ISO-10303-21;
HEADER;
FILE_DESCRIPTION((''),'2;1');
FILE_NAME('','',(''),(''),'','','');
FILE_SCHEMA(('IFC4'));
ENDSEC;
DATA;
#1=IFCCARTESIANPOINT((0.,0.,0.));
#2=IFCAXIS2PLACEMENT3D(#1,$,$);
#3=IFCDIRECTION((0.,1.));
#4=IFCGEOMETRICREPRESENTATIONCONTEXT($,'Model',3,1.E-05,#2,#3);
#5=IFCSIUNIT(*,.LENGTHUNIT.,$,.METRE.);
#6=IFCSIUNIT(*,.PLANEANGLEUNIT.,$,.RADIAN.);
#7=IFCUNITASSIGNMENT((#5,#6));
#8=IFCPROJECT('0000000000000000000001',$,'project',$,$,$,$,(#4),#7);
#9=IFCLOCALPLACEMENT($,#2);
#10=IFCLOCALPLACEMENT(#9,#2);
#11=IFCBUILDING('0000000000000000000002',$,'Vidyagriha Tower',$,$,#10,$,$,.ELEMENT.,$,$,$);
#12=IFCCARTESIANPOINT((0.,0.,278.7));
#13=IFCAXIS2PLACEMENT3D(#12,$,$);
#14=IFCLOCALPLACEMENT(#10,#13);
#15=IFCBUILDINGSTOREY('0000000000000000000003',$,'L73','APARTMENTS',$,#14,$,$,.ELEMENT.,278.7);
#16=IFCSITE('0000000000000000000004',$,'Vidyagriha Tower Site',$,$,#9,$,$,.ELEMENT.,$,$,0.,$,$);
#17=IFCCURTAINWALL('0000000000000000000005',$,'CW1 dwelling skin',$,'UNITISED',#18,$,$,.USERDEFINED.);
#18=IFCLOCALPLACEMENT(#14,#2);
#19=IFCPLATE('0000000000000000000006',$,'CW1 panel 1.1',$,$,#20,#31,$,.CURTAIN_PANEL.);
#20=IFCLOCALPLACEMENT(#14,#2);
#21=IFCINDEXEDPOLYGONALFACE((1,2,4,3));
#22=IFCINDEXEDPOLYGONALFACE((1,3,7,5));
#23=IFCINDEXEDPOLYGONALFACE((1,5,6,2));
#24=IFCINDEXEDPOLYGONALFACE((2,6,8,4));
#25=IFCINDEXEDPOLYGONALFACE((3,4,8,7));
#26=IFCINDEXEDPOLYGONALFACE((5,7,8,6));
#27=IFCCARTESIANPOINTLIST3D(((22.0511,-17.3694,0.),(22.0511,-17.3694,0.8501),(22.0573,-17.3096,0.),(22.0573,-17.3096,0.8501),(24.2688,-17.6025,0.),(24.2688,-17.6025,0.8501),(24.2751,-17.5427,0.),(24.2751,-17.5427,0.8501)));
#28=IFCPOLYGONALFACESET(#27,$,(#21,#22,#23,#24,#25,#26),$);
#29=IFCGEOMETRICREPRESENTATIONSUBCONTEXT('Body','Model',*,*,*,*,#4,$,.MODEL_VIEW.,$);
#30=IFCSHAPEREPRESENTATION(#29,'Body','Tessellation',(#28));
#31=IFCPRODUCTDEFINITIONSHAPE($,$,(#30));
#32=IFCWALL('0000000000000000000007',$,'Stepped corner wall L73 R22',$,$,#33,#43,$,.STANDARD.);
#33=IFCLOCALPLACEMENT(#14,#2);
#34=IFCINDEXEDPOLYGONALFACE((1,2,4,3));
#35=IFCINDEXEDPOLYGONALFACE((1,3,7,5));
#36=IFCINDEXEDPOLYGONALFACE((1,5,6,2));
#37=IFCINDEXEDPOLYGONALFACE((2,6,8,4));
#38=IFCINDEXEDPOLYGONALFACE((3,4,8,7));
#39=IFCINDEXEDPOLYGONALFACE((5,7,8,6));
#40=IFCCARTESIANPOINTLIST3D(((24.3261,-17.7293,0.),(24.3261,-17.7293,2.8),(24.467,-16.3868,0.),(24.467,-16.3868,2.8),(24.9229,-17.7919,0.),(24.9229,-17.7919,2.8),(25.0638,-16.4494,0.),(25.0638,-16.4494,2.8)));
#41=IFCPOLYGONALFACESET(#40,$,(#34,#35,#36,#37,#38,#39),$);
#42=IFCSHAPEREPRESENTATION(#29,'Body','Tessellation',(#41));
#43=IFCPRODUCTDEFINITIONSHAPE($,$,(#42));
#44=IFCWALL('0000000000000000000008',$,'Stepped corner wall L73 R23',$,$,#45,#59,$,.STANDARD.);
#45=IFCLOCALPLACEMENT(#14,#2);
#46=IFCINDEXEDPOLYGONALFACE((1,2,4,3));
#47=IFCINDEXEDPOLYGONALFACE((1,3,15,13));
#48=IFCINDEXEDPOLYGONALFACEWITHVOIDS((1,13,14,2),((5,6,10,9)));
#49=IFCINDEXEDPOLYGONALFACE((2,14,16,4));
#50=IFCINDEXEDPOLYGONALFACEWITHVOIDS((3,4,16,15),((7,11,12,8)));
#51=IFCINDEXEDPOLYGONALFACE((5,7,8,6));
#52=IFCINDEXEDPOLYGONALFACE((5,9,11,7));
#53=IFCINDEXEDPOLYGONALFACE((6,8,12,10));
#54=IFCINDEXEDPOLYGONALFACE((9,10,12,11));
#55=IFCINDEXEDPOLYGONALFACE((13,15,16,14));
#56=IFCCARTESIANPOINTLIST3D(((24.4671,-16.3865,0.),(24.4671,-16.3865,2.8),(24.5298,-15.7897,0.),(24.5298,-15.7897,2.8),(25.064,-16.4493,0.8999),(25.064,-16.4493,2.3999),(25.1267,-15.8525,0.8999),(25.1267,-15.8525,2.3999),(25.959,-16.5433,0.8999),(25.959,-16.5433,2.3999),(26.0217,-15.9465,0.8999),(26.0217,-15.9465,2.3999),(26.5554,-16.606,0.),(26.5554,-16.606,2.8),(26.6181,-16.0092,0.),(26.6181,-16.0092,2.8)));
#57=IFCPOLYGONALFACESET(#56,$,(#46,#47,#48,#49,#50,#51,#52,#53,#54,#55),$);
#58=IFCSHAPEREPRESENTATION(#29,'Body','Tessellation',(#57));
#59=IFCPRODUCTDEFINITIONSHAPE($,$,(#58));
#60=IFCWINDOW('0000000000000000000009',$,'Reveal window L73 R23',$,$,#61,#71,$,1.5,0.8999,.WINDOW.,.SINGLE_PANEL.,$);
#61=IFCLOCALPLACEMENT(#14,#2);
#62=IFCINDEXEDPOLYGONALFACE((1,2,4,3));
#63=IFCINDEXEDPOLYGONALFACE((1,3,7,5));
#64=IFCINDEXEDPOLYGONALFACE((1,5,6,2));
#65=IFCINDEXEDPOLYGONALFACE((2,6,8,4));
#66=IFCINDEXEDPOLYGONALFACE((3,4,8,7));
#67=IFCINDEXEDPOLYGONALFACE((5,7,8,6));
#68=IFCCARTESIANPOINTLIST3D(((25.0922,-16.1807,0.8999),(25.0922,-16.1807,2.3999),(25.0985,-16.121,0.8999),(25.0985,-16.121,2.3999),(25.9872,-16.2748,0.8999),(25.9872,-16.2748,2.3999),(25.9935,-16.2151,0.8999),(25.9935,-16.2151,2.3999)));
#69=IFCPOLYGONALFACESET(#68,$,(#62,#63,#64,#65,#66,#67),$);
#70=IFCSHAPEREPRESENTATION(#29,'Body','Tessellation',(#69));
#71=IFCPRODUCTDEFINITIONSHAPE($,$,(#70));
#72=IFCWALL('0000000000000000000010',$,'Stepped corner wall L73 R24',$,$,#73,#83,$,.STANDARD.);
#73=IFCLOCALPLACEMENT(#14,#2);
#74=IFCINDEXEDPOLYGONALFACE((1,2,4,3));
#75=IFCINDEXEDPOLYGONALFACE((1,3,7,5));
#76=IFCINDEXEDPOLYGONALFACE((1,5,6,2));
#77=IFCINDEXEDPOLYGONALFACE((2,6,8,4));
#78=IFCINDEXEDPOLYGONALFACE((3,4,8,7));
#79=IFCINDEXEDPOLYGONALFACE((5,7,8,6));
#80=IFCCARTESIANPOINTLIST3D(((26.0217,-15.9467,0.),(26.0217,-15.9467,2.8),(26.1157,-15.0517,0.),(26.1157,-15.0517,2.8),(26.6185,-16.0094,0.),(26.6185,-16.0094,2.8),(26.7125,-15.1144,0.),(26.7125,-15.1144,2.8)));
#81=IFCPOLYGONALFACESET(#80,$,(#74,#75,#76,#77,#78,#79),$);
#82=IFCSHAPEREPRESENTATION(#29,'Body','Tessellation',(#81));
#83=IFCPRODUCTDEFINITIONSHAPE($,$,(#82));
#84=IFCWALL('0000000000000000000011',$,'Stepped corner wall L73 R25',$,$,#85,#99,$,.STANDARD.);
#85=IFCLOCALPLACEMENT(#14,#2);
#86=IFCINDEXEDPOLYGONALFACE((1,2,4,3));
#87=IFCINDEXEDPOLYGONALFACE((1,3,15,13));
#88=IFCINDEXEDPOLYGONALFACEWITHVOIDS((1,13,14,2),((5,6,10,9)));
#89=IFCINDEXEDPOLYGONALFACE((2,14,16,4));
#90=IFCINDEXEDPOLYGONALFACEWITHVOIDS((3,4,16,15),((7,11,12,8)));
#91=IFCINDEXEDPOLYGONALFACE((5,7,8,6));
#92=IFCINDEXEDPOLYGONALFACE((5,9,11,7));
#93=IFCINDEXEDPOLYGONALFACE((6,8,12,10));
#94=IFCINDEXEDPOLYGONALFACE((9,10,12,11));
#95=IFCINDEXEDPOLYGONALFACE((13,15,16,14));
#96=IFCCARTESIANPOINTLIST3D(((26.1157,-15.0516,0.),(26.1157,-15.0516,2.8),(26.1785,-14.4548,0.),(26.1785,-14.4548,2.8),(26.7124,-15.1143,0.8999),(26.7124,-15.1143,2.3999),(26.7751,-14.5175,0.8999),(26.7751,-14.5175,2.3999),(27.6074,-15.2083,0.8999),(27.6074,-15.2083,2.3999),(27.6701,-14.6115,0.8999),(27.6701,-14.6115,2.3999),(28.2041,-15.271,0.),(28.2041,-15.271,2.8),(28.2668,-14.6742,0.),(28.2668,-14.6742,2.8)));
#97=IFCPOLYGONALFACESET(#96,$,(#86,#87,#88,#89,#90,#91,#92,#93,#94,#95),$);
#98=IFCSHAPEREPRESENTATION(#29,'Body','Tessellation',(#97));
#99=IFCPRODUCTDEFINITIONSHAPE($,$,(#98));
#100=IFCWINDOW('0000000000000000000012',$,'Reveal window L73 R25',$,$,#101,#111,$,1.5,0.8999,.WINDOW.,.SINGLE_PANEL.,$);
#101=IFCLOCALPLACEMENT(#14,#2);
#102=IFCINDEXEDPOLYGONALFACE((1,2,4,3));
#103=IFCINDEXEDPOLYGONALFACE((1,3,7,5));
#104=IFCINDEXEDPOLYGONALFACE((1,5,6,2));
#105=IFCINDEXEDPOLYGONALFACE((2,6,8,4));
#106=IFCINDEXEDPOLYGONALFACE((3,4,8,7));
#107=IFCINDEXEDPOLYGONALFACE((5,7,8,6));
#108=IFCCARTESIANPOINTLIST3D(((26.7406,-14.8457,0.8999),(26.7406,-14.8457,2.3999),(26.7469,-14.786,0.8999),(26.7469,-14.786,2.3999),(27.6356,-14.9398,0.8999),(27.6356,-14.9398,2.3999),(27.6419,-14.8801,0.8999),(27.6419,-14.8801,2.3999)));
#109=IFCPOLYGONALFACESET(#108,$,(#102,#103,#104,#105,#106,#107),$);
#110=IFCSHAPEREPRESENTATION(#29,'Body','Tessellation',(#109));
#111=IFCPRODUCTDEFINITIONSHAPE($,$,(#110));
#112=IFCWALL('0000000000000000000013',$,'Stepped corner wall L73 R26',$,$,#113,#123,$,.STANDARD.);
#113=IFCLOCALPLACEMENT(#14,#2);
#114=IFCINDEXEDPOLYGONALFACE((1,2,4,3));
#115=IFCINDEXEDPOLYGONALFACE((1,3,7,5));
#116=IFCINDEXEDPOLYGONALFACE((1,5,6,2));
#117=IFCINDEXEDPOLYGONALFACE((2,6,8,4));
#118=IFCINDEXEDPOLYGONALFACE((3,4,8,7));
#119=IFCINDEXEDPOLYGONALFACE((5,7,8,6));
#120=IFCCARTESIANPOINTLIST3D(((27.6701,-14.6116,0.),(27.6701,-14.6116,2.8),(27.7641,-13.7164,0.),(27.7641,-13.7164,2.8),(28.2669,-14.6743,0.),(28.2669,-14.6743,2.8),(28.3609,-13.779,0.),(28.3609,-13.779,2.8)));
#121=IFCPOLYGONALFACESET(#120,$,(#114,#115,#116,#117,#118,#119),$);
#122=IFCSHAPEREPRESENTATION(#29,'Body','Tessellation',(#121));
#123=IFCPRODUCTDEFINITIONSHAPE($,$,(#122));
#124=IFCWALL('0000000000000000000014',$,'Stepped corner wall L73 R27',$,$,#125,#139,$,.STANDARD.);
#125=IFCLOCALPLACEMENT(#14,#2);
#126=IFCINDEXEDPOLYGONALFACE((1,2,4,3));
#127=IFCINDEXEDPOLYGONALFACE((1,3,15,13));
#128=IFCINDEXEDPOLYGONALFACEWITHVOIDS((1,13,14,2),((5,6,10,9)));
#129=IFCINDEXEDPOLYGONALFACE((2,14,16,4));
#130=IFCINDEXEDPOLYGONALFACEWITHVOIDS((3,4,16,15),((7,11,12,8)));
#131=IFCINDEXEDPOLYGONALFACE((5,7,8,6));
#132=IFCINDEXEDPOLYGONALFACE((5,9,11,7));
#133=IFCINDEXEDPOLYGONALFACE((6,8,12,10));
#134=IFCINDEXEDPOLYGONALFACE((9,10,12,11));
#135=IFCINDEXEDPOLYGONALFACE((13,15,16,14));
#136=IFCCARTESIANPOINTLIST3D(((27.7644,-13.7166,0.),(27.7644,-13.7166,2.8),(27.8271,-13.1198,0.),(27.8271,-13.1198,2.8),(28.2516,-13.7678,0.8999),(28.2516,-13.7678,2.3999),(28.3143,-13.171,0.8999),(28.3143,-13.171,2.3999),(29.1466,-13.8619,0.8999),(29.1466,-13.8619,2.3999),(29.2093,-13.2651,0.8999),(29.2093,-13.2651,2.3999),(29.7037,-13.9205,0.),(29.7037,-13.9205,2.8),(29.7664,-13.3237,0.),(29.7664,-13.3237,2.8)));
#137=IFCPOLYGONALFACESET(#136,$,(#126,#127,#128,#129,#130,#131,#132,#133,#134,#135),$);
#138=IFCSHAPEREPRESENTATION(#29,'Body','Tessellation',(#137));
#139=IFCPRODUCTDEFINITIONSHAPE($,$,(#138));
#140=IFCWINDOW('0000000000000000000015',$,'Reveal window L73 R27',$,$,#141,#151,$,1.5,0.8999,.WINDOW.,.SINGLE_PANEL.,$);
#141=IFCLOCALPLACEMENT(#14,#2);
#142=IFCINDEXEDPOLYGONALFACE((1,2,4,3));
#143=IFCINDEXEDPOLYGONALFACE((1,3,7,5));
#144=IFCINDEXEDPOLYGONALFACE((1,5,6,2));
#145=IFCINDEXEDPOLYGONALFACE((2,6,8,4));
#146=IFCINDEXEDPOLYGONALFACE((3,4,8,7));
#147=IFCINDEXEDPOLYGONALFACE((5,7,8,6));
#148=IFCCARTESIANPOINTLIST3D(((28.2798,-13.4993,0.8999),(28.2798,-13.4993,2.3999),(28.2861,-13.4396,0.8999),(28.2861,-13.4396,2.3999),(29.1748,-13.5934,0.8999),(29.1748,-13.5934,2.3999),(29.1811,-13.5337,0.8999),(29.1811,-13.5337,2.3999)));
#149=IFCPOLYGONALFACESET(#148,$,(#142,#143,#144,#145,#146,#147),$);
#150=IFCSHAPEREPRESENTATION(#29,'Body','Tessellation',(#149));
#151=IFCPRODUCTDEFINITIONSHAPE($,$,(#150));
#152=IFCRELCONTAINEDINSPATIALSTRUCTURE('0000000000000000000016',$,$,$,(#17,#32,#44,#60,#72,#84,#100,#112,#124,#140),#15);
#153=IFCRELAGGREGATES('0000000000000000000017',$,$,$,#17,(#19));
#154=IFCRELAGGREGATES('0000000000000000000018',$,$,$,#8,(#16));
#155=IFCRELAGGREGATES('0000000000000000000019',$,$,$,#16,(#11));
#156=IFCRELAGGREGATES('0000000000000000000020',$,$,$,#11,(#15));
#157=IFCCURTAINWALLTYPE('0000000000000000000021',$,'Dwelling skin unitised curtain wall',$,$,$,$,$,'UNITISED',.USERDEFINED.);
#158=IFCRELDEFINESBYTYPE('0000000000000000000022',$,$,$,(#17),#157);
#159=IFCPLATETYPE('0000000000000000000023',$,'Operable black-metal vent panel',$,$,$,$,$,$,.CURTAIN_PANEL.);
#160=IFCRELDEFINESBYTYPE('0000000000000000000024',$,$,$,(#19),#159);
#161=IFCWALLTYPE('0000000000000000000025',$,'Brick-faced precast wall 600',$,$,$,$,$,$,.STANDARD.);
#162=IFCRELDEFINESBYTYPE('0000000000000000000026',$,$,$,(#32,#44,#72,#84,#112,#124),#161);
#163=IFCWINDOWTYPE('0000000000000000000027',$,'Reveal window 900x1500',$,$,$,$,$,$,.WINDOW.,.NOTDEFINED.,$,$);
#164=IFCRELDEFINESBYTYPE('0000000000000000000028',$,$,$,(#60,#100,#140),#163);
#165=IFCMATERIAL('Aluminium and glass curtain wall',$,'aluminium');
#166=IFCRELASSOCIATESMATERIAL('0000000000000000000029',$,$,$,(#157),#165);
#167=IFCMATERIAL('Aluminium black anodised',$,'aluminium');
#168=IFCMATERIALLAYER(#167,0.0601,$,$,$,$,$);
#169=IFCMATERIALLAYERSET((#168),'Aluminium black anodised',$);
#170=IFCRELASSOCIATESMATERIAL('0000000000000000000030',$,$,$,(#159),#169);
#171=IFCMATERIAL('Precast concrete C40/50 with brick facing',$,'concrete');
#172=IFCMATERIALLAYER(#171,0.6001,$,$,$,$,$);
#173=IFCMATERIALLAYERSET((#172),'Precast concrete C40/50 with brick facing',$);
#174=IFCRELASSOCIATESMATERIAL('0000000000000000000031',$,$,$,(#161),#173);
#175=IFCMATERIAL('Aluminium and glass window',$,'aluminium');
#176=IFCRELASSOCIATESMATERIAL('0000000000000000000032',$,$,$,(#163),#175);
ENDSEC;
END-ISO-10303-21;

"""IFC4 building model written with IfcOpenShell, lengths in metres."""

from ifc_helpers import new_model, si_unit, direction, frame, frame_2d, origin, origin_2d, place, context, subcontext, project, spatial, rectangle, extrude, material, layer, layer_set, type_object, element, fill, aggregate, save


model = new_model("IFC4")

# Units and contexts
model_context = context("Model", 3, precision=1e-05, world=origin(), true_north=direction((0.0, 1.0)))
body_context = subcontext(model_context, "Body", "Model", "MODEL_VIEW")
ifc_project = project(units=[si_unit("LENGTHUNIT", "METRE"), si_unit("PLANEANGLEUNIT", "RADIAN")], contexts=[model_context])

# Site, building, storey
site_placement = place(None, origin())
site = spatial("IfcSite", under=ifc_project, at=site_placement, Name="Vidyagriha Tower Site", CompositionType="ELEMENT", RefElevation=0.0)
building_placement = place(site_placement, origin())
building = spatial("IfcBuilding", under=site, at=building_placement, Name="Vidyagriha Tower", CompositionType="ELEMENT")
storey_placement = place(building_placement, frame((0.0, 0.0, 278.7)))
storey = spatial("IfcBuildingStorey", under=building, at=storey_placement, Name="L73", Description="APARTMENTS", CompositionType="ELEMENT", Elevation=278.7)

# Curtain wall
ifc_material_1 = material(Name="Aluminium and glass curtain wall", Category="aluminium")
curtain_wall_type = type_object("IfcCurtainWallType", Name="Dwelling skin unitised curtain wall", ElementType="UNITISED", PredefinedType="USERDEFINED", material=ifc_material_1)
curtain_wall_1_placement = place(storey_placement, origin())
curtain_wall_1 = element("IfcCurtainWall", 1, at=curtain_wall_1_placement, inside=storey, type_object=curtain_wall_type, Name="CW1 dwelling skin", ObjectType="UNITISED", PredefinedType="USERDEFINED")

# Plate
ifc_material_2 = material(Name="Aluminium black anodised", Category="aluminium")
ifc_layer_1 = layer(ifc_material_2, 0.0601)
ifc_layer_set_1 = layer_set([ifc_layer_1], Name="Aluminium black anodised")
plate_type_1 = type_object("IfcPlateType", Name="Operable black-metal vent panel", PredefinedType="CURTAIN_PANEL", material=ifc_layer_set_1)
plate_1_placement = place(storey_placement, frame((23.1631, -17.4561, 0.0), z_axis=(0.0, 0.0, 1.0), x_axis=(0.994523, -0.104522, 0.0)))
plate_1 = element("IfcPlate", 2, at=plate_1_placement, type_object=plate_type_1, Name="CW1 panel 1.1", PredefinedType="CURTAIN_PANEL", context=body_context, shape_type="SweptSolid", body=[
    extrude(rectangle(XDim=2.23, YDim=0.0601, at=origin_2d()), origin(), (0.0, 0.0, 1.0), 0.8501),
])
aggregate(curtain_wall_1, [plate_1])

# Wall
ifc_material_3 = material(Name="Precast concrete C40/50 with brick facing", Category="concrete")
ifc_layer_2 = layer(ifc_material_3, 0.6001)
ifc_layer_set_2 = layer_set([ifc_layer_2], Name="Precast concrete C40/50 with brick facing")
wall_type = type_object("IfcWallType", Name="Brick-faced precast wall 600", PredefinedType="STANDARD", material=ifc_layer_set_2)
wall_1_placement = place(storey_placement, frame((24.6245, -17.7605, 0.0), z_axis=(0.0, 0.0, 1.0), x_axis=(0.104355, 0.99454, 0.0)))
element("IfcWall", 3, at=wall_1_placement, inside=storey, type_object=wall_type, Name="Stepped corner wall L73 R22", PredefinedType="STANDARD", context=body_context, shape_type="SweptSolid", body=[
    extrude(rectangle(XDim=1.3499, YDim=0.6001, at=frame_2d((0.6748, 0.0))), origin(), (0.0, 0.0, 1.0), 2.8),
])

# Wall, opening, window
wall_2_placement = place(storey_placement, frame((24.4985, -16.0881, 0.0), z_axis=(0.0, 0.0, 1.0), x_axis=(0.994523, -0.104521, 0.0)))
wall_2 = element("IfcWall", 4, at=wall_2_placement, inside=storey, type_object=wall_type, Name="Stepped corner wall L73 R23", PredefinedType="STANDARD", context=body_context, shape_type="SweptSolid", body=[
    extrude(rectangle(XDim=2.0999, YDim=0.6001, at=frame_2d((1.0498, 0.0))), origin(), (0.0, 0.0, 1.0), 2.8),
])
opening_1_placement = place(wall_2_placement, frame((0.6001, 0.0, 0.8999)))
opening_1 = element("IfcOpeningElement", 5, at=opening_1_placement, cuts=wall_2, PredefinedType="OPENING", context=body_context, shape_type="SweptSolid", body=[
    extrude(rectangle(XDim=0.8999, YDim=1.5, at=frame_2d((0.45, 0.75))), frame((0.0, 0.3101, 0.0), z_axis=(0.0, -1.0, 0.0), x_axis=(1.0, 0.0, 0.0)), (0.0, 0.0, 1.0), 0.6201),
])
ifc_material_4 = material(Name="Aluminium and glass window", Category="aluminium")
window_type = type_object("IfcWindowType", Name="Reveal window 900x1500", PartitioningType="NOTDEFINED", PredefinedType="WINDOW", material=ifc_material_4)
window_1_placement = place(opening_1_placement, origin())
window_1 = element("IfcWindow", 6, at=window_1_placement, inside=storey, type_object=window_type, Name="Reveal window L73 R23", OverallHeight=1.5, OverallWidth=0.8999, PartitioningType="SINGLE_PANEL", PredefinedType="WINDOW", context=body_context, shape_type="SweptSolid", body=[
    extrude(rectangle(XDim=0.8999, YDim=1.5, at=frame_2d((0.45, 0.75))), frame((0.0, 0.03, 0.0), z_axis=(0.0, -1.0, 0.0), x_axis=(1.0, 0.0, 0.0)), (0.0, 0.0, 1.0), 0.0601),
])
fill(opening_1, window_1)

# Wall
wall_3_placement = place(storey_placement, frame((26.3201, -15.978, 0.0), z_axis=(0.0, 0.0, 1.0), x_axis=(0.104445, 0.994531, 0.0)))
element("IfcWall", 7, at=wall_3_placement, inside=storey, type_object=wall_type, Name="Stepped corner wall L73 R24", PredefinedType="STANDARD", context=body_context, shape_type="SweptSolid", body=[
    extrude(rectangle(XDim=0.8999, YDim=0.6001, at=frame_2d((0.45, 0.0))), origin(), (0.0, 0.0, 1.0), 2.8),
])

# Wall, opening, window
wall_4_placement = place(storey_placement, frame((26.1472, -14.7532, 0.0), z_axis=(0.0, 0.0, 1.0), x_axis=(0.994523, -0.104521, 0.0)))
wall_4 = element("IfcWall", 8, at=wall_4_placement, inside=storey, type_object=wall_type, Name="Stepped corner wall L73 R25", PredefinedType="STANDARD", context=body_context, shape_type="SweptSolid", body=[
    extrude(rectangle(XDim=2.0999, YDim=0.6001, at=frame_2d((1.0498, 0.0))), origin(), (0.0, 0.0, 1.0), 2.8),
])
opening_2_placement = place(wall_4_placement, frame((0.5999, 0.0, 0.8999)))
opening_2 = element("IfcOpeningElement", 9, at=opening_2_placement, cuts=wall_4, PredefinedType="OPENING", context=body_context, shape_type="SweptSolid", body=[
    extrude(rectangle(XDim=0.8999, YDim=1.5, at=frame_2d((0.45, 0.75))), frame((0.0, 0.3101, 0.0), z_axis=(0.0, -1.0, 0.0), x_axis=(1.0, 0.0, 0.0)), (0.0, 0.0, 1.0), 0.6201),
])
window_2_placement = place(opening_2_placement, origin())
window_2 = element("IfcWindow", 10, at=window_2_placement, inside=storey, type_object=window_type, Name="Reveal window L73 R25", OverallHeight=1.5, OverallWidth=0.8999, PartitioningType="SINGLE_PANEL", PredefinedType="WINDOW", context=body_context, shape_type="SweptSolid", body=[
    extrude(rectangle(XDim=0.8999, YDim=1.5, at=frame_2d((0.45, 0.75))), frame((0.0, 0.03, 0.0), z_axis=(0.0, -1.0, 0.0), x_axis=(1.0, 0.0, 0.0)), (0.0, 0.0, 1.0), 0.0601),
])
fill(opening_2, window_2)

# Wall
wall_5_placement = place(storey_placement, frame((27.9685, -14.6431, 0.0), z_axis=(0.0, 0.0, 1.0), x_axis=(0.104417, 0.994534, 0.0)))
element("IfcWall", 11, at=wall_5_placement, inside=storey, type_object=wall_type, Name="Stepped corner wall L73 R26", PredefinedType="STANDARD", context=body_context, shape_type="SweptSolid", body=[
    extrude(rectangle(XDim=0.9001, YDim=0.6001, at=frame_2d((0.4502, 0.0))), origin(), (0.0, 0.0, 1.0), 2.8),
])

# Wall, opening, window
wall_6_placement = place(storey_placement, frame((27.7957, -13.4182, 0.0), z_axis=(0.0, 0.0, 1.0), x_axis=(0.99452, -0.104548, 0.0)))
wall_6 = element("IfcWall", 12, at=wall_6_placement, inside=storey, type_object=wall_type, Name="Stepped corner wall L73 R27", PredefinedType="STANDARD", context=body_context, shape_type="SweptSolid", body=[
    extrude(rectangle(XDim=1.95, YDim=0.6001, at=frame_2d((0.9751, 0.0))), origin(), (0.0, 0.0, 1.0), 2.8),
])
opening_3_placement = place(wall_6_placement, frame((0.49, 0.0, 0.8999)))
opening_3 = element("IfcOpeningElement", 13, at=opening_3_placement, cuts=wall_6, PredefinedType="OPENING", context=body_context, shape_type="SweptSolid", body=[
    extrude(rectangle(XDim=0.8999, YDim=1.5, at=frame_2d((0.45, 0.75))), frame((0.0, 0.3101, 0.0), z_axis=(0.0, -1.0, 0.0), x_axis=(1.0, 0.0, 0.0)), (0.0, 0.0, 1.0), 0.6201),
])
window_3_placement = place(opening_3_placement, origin())
window_3 = element("IfcWindow", 14, at=window_3_placement, inside=storey, type_object=window_type, Name="Reveal window L73 R27", OverallHeight=1.5, OverallWidth=0.8999, PartitioningType="SINGLE_PANEL", PredefinedType="WINDOW", context=body_context, shape_type="SweptSolid", body=[
    extrude(rectangle(XDim=0.8999, YDim=1.5, at=frame_2d((0.45, 0.75))), frame((0.0, 0.03, 0.0), z_axis=(0.0, -1.0, 0.0), x_axis=(1.0, 0.0, 0.0)), (0.0, 0.0, 1.0), 0.0601),
])
fill(opening_3, window_3)

save(model, "model.ifc")
